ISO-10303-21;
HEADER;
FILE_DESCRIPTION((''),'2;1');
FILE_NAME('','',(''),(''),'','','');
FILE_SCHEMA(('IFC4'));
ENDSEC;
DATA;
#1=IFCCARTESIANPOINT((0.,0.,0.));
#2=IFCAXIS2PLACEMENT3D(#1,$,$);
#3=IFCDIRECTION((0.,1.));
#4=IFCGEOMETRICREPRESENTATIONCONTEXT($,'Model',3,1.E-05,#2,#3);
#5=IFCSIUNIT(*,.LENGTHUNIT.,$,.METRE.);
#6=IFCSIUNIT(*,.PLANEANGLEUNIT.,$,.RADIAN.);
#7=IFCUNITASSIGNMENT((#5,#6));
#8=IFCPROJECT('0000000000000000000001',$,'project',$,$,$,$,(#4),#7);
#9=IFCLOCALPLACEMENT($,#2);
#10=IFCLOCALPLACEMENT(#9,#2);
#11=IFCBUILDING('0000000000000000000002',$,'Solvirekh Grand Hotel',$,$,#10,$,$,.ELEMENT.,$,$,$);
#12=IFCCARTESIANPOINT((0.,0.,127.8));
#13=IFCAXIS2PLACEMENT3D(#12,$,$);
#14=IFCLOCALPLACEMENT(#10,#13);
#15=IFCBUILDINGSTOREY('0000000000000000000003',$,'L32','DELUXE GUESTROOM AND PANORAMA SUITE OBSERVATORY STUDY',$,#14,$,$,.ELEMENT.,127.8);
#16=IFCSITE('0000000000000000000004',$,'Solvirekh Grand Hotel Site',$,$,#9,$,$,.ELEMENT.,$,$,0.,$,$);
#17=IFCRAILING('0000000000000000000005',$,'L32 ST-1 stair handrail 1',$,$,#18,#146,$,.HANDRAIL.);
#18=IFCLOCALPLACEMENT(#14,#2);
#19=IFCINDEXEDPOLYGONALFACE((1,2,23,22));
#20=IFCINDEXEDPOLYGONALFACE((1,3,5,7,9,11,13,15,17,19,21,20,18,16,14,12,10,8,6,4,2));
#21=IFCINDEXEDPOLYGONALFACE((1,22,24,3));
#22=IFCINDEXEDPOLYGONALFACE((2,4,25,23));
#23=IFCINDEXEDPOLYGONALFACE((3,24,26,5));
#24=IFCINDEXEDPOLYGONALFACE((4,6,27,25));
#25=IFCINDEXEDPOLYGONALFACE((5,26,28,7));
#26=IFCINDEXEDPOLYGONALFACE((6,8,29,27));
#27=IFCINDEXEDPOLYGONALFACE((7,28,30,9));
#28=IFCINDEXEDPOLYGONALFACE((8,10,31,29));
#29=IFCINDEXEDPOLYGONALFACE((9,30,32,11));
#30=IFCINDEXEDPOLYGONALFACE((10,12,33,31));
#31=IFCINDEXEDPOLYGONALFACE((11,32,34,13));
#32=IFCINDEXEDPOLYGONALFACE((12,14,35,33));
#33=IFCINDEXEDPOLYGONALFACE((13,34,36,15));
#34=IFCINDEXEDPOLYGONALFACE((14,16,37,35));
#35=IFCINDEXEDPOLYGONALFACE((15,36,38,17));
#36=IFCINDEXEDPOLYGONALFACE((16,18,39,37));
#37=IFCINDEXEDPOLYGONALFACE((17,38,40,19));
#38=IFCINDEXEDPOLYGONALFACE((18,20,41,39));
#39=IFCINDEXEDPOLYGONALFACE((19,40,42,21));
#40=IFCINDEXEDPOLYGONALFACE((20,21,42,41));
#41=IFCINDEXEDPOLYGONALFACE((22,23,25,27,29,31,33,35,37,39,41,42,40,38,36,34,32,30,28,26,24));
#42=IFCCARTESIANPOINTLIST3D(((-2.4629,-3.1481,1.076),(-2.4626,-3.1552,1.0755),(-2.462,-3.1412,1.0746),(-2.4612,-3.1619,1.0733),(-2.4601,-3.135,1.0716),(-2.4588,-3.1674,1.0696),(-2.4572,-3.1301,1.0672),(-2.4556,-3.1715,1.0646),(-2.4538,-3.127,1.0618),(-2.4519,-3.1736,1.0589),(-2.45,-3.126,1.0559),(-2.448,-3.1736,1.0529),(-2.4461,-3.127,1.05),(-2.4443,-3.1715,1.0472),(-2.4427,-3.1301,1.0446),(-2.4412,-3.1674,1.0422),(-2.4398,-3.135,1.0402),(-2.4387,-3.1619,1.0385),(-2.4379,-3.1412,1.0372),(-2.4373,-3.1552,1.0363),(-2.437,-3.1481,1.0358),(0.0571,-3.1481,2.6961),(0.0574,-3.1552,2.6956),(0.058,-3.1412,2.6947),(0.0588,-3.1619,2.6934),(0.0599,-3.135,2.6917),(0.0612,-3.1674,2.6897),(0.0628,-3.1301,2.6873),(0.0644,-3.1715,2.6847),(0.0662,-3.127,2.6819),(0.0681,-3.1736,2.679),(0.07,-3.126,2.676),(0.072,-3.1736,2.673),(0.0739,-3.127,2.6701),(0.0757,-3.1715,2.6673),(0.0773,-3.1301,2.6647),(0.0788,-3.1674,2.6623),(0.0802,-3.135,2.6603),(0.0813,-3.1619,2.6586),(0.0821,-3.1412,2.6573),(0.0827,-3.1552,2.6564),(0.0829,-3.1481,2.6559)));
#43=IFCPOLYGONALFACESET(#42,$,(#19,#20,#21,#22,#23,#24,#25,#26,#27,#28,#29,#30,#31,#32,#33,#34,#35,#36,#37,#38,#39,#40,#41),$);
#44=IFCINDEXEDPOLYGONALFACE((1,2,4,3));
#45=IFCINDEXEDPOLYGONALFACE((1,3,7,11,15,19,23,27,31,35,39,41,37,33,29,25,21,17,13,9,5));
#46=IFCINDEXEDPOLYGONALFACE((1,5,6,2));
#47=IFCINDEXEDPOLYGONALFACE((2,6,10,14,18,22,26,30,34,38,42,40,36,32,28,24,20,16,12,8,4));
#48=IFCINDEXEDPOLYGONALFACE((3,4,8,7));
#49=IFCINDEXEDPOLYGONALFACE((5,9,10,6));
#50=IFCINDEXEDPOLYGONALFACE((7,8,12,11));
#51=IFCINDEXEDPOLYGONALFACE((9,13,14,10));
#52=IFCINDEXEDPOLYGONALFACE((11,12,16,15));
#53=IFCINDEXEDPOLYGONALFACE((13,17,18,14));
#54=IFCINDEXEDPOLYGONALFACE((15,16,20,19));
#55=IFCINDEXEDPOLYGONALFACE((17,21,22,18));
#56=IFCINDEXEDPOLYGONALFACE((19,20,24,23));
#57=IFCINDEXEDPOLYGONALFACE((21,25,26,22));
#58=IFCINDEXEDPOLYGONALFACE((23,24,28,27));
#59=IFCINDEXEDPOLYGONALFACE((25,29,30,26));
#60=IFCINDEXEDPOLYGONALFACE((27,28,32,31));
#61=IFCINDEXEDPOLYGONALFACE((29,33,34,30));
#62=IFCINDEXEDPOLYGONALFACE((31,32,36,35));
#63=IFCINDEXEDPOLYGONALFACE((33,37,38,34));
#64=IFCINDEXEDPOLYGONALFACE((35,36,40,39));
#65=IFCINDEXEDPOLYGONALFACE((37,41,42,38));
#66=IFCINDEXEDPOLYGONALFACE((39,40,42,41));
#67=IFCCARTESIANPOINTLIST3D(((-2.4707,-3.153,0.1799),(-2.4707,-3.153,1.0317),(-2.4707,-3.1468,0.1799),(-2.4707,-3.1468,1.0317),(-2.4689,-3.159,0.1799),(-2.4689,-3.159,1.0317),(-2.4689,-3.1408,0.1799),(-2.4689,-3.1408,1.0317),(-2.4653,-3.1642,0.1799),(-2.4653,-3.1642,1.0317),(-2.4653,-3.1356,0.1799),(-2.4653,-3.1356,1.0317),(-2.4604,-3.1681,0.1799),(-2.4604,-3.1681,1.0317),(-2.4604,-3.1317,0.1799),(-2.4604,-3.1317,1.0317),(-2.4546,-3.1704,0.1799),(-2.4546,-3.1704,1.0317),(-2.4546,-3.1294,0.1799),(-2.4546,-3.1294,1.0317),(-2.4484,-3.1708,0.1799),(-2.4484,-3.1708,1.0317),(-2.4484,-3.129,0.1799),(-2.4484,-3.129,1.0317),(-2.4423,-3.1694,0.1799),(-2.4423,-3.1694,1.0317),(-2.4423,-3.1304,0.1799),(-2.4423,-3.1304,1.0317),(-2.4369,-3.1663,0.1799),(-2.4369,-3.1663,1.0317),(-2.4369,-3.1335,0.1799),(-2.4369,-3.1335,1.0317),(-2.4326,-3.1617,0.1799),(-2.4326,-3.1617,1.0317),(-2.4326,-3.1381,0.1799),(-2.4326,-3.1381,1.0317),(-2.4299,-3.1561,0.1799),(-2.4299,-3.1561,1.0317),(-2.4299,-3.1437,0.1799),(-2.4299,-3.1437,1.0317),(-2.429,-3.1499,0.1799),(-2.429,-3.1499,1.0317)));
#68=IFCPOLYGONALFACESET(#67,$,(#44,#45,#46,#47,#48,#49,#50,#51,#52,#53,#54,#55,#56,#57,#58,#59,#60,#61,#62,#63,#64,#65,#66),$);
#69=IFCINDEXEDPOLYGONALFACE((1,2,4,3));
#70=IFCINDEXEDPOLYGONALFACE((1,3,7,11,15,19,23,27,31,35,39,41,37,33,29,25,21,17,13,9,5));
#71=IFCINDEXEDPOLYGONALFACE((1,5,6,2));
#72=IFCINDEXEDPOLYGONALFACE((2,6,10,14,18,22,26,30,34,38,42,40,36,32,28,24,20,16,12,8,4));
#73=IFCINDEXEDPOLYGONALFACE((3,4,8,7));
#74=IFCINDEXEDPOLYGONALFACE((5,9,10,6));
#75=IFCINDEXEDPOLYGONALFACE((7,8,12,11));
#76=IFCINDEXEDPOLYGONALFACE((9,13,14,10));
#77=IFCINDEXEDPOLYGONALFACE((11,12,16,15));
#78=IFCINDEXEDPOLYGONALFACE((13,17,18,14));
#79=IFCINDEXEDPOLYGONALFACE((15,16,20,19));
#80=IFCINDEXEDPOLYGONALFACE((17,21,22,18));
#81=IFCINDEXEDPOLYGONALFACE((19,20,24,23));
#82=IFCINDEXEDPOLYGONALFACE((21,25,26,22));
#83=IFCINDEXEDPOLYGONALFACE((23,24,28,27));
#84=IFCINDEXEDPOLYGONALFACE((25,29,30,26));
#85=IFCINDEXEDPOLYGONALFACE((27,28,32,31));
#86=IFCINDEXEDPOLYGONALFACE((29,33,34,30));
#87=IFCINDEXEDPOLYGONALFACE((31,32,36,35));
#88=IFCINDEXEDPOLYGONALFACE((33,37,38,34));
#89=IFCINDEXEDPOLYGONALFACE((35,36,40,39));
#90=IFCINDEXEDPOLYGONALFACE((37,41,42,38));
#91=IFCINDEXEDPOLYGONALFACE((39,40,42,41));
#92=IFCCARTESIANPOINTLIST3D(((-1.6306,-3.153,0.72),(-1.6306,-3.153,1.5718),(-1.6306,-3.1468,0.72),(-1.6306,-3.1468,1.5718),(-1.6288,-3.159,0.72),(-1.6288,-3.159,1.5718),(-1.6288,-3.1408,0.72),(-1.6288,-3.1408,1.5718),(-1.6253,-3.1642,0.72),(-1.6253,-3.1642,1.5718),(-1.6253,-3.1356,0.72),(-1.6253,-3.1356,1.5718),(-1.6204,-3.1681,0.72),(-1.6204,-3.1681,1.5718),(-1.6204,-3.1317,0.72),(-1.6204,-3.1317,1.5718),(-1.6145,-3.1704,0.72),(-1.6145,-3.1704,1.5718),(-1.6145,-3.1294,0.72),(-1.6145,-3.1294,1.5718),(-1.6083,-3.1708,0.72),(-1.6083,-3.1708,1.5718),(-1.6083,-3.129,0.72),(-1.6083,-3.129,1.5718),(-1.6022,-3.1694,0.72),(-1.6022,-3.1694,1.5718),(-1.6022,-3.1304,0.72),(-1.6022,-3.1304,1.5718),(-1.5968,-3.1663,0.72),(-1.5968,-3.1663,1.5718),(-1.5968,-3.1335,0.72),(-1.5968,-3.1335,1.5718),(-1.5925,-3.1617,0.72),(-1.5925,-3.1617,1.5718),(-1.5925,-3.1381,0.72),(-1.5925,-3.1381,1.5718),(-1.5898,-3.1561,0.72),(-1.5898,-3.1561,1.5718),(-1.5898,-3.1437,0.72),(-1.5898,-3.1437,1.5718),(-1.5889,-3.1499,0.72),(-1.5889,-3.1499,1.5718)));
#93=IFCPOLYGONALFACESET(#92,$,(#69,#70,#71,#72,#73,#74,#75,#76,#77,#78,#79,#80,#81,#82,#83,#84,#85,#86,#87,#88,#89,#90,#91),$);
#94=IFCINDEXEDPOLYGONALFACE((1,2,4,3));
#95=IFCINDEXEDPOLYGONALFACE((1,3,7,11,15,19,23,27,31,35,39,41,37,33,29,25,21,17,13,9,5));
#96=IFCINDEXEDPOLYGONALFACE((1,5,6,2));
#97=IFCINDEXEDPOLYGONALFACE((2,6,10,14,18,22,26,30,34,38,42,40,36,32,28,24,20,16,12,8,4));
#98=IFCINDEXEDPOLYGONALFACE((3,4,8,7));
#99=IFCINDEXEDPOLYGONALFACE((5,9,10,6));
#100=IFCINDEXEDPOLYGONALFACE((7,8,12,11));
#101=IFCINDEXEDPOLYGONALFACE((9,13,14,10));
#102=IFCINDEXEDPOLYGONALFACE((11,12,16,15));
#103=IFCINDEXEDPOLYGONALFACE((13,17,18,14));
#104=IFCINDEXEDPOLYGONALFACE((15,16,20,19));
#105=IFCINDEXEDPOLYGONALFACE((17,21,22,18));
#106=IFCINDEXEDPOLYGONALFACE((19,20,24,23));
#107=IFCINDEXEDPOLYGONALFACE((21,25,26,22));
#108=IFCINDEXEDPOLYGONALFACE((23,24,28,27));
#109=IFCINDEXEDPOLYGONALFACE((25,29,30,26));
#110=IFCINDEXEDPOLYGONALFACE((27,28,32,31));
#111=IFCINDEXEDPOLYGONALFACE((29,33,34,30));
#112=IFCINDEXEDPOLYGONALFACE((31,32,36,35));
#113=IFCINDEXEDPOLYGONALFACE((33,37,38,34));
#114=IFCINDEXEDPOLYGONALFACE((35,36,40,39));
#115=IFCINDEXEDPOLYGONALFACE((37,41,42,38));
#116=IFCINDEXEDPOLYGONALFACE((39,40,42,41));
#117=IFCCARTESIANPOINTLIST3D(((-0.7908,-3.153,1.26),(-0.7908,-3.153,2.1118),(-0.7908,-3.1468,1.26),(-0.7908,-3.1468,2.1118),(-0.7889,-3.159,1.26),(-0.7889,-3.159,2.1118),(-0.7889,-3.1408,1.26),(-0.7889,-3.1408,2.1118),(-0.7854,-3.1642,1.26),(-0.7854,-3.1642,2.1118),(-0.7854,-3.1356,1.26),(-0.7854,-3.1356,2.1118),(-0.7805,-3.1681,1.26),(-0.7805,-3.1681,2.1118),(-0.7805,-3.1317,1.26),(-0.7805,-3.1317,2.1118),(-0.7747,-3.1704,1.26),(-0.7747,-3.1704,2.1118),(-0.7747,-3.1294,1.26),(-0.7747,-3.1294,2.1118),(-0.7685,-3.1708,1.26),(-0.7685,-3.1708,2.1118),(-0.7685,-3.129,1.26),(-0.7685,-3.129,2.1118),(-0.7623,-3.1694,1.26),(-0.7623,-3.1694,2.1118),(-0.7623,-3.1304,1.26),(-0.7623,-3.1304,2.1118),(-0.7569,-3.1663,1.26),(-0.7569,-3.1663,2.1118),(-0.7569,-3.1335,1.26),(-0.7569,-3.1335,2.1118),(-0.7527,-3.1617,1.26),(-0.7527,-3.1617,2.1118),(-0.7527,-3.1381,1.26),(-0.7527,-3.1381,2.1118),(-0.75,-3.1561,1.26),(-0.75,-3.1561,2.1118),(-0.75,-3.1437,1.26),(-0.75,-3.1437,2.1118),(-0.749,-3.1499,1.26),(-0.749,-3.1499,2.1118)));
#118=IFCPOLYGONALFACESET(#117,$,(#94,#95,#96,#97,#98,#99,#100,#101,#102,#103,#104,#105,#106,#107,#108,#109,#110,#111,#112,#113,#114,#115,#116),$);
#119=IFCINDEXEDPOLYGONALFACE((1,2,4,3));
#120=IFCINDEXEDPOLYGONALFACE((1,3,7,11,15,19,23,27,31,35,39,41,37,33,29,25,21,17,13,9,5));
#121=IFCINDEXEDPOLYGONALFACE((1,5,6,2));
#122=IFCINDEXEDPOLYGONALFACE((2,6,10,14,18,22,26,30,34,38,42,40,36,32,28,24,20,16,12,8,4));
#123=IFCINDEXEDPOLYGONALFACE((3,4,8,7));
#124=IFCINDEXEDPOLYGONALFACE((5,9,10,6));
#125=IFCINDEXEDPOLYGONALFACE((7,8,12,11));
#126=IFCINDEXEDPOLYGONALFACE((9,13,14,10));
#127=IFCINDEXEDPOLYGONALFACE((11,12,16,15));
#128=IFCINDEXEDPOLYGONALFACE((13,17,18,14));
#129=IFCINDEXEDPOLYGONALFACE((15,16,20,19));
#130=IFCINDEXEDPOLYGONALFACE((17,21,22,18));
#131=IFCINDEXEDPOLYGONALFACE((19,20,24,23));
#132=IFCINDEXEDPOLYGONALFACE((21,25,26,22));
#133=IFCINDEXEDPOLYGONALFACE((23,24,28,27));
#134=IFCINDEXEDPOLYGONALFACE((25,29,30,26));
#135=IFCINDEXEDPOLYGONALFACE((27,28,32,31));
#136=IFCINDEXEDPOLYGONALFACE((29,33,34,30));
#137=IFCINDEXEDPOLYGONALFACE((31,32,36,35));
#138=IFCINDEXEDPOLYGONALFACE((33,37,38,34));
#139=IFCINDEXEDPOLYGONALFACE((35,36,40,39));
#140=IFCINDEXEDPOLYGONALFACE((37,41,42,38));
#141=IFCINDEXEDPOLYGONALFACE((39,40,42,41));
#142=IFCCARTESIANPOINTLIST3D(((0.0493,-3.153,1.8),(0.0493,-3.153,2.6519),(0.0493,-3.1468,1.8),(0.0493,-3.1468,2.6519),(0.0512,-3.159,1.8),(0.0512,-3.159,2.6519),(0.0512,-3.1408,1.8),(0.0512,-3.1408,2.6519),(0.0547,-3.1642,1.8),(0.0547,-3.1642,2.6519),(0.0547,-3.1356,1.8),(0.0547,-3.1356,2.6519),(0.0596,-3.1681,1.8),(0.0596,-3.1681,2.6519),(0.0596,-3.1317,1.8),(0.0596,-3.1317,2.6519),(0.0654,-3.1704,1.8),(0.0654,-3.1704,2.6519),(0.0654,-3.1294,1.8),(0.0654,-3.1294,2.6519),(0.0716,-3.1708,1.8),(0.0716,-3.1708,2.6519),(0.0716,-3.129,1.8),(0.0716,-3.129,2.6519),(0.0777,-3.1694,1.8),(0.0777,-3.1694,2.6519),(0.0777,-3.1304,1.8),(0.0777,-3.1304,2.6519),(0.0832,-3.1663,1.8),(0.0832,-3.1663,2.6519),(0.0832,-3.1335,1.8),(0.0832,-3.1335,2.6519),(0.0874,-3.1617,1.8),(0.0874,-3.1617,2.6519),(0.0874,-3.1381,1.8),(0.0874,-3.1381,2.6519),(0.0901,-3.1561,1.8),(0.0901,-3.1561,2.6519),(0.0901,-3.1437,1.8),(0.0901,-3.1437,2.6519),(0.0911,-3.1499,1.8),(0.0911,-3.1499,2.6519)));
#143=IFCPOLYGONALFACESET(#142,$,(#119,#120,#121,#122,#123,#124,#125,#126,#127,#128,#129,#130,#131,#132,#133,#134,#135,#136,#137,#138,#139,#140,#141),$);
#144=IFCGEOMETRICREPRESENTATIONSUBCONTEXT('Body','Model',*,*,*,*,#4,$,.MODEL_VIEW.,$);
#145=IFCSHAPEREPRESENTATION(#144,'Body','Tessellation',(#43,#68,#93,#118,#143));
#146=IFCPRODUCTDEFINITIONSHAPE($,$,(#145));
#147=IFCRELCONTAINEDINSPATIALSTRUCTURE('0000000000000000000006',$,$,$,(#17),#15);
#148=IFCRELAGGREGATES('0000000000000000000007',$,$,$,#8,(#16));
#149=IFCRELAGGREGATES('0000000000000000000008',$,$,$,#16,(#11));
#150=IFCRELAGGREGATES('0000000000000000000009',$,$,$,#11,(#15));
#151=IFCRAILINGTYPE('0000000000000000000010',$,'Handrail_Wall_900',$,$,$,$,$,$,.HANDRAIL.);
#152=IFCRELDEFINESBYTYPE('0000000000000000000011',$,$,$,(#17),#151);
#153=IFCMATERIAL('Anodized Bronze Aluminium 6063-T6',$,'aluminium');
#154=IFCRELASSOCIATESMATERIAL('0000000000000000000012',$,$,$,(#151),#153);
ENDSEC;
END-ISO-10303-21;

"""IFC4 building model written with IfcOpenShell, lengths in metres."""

from ifc_helpers import new_model, si_unit, direction, frame, origin, origin_2d, place, context, subcontext, project, spatial, circle, extrude, material, type_object, element, save


model = new_model("IFC4")

# Units and contexts
model_context = context("Model", 3, precision=1e-05, world=origin(), true_north=direction((0.0, 1.0)))
body_context = subcontext(model_context, "Body", "Model", "MODEL_VIEW")
ifc_project = project(units=[si_unit("LENGTHUNIT", "METRE"), si_unit("PLANEANGLEUNIT", "RADIAN")], contexts=[model_context])

# Site, building, storey
site_placement = place(None, origin())
site = spatial("IfcSite", under=ifc_project, at=site_placement, Name="Solvirekh Grand Hotel Site", CompositionType="ELEMENT", RefElevation=0.0)
building_placement = place(site_placement, origin())
building = spatial("IfcBuilding", under=site, at=building_placement, Name="Solvirekh Grand Hotel", CompositionType="ELEMENT")
storey_placement = place(building_placement, frame((0.0, 0.0, 127.8)))
storey = spatial("IfcBuildingStorey", under=building, at=storey_placement, Name="L32", Description="DELUXE GUESTROOM AND PANORAMA SUITE OBSERVATORY STUDY", CompositionType="ELEMENT", Elevation=127.8)

# Shared definitions
ifc_material_1 = material(Name="Anodized Bronze Aluminium 6063-T6", Category="aluminium")

# Railing
railing_type_1 = type_object("IfcRailingType", Name="Handrail_Wall_900", PredefinedType="HANDRAIL", material=ifc_material_1)
railing_1_placement = place(storey_placement, frame((-2.45, -3.1499, 0.1799)))
element("IfcRailing", 1, at=railing_1_placement, inside=storey, type_object=railing_type_1, Name="L32 ST-1 stair handrail 1", PredefinedType="HANDRAIL", context=body_context, shape_type="SweptSolid", body=[
    extrude(circle(Radius=0.0239, at=origin_2d()), frame((0.0, 0.0, 0.876), z_axis=(0.841163, 0.0, 0.540782), x_axis=(0.0, 1.0, 0.0)), (0.0, 0.0, 1.0), 2.9958),
    extrude(circle(Radius=0.021, at=origin_2d()), origin(), (0.0, 0.0, 1.0), 0.8518),
    extrude(circle(Radius=0.021, at=origin_2d()), frame((0.8401, 0.0, 0.54)), (0.0, 0.0, 1.0), 0.8518),
    extrude(circle(Radius=0.021, at=origin_2d()), frame((1.6799, 0.0, 1.0801)), (0.0, 0.0, 1.0), 0.8518),
    extrude(circle(Radius=0.021, at=origin_2d()), frame((2.52, 0.0, 1.6201)), (0.0, 0.0, 1.0), 0.8518),
])

save(model, "model.ifc")
